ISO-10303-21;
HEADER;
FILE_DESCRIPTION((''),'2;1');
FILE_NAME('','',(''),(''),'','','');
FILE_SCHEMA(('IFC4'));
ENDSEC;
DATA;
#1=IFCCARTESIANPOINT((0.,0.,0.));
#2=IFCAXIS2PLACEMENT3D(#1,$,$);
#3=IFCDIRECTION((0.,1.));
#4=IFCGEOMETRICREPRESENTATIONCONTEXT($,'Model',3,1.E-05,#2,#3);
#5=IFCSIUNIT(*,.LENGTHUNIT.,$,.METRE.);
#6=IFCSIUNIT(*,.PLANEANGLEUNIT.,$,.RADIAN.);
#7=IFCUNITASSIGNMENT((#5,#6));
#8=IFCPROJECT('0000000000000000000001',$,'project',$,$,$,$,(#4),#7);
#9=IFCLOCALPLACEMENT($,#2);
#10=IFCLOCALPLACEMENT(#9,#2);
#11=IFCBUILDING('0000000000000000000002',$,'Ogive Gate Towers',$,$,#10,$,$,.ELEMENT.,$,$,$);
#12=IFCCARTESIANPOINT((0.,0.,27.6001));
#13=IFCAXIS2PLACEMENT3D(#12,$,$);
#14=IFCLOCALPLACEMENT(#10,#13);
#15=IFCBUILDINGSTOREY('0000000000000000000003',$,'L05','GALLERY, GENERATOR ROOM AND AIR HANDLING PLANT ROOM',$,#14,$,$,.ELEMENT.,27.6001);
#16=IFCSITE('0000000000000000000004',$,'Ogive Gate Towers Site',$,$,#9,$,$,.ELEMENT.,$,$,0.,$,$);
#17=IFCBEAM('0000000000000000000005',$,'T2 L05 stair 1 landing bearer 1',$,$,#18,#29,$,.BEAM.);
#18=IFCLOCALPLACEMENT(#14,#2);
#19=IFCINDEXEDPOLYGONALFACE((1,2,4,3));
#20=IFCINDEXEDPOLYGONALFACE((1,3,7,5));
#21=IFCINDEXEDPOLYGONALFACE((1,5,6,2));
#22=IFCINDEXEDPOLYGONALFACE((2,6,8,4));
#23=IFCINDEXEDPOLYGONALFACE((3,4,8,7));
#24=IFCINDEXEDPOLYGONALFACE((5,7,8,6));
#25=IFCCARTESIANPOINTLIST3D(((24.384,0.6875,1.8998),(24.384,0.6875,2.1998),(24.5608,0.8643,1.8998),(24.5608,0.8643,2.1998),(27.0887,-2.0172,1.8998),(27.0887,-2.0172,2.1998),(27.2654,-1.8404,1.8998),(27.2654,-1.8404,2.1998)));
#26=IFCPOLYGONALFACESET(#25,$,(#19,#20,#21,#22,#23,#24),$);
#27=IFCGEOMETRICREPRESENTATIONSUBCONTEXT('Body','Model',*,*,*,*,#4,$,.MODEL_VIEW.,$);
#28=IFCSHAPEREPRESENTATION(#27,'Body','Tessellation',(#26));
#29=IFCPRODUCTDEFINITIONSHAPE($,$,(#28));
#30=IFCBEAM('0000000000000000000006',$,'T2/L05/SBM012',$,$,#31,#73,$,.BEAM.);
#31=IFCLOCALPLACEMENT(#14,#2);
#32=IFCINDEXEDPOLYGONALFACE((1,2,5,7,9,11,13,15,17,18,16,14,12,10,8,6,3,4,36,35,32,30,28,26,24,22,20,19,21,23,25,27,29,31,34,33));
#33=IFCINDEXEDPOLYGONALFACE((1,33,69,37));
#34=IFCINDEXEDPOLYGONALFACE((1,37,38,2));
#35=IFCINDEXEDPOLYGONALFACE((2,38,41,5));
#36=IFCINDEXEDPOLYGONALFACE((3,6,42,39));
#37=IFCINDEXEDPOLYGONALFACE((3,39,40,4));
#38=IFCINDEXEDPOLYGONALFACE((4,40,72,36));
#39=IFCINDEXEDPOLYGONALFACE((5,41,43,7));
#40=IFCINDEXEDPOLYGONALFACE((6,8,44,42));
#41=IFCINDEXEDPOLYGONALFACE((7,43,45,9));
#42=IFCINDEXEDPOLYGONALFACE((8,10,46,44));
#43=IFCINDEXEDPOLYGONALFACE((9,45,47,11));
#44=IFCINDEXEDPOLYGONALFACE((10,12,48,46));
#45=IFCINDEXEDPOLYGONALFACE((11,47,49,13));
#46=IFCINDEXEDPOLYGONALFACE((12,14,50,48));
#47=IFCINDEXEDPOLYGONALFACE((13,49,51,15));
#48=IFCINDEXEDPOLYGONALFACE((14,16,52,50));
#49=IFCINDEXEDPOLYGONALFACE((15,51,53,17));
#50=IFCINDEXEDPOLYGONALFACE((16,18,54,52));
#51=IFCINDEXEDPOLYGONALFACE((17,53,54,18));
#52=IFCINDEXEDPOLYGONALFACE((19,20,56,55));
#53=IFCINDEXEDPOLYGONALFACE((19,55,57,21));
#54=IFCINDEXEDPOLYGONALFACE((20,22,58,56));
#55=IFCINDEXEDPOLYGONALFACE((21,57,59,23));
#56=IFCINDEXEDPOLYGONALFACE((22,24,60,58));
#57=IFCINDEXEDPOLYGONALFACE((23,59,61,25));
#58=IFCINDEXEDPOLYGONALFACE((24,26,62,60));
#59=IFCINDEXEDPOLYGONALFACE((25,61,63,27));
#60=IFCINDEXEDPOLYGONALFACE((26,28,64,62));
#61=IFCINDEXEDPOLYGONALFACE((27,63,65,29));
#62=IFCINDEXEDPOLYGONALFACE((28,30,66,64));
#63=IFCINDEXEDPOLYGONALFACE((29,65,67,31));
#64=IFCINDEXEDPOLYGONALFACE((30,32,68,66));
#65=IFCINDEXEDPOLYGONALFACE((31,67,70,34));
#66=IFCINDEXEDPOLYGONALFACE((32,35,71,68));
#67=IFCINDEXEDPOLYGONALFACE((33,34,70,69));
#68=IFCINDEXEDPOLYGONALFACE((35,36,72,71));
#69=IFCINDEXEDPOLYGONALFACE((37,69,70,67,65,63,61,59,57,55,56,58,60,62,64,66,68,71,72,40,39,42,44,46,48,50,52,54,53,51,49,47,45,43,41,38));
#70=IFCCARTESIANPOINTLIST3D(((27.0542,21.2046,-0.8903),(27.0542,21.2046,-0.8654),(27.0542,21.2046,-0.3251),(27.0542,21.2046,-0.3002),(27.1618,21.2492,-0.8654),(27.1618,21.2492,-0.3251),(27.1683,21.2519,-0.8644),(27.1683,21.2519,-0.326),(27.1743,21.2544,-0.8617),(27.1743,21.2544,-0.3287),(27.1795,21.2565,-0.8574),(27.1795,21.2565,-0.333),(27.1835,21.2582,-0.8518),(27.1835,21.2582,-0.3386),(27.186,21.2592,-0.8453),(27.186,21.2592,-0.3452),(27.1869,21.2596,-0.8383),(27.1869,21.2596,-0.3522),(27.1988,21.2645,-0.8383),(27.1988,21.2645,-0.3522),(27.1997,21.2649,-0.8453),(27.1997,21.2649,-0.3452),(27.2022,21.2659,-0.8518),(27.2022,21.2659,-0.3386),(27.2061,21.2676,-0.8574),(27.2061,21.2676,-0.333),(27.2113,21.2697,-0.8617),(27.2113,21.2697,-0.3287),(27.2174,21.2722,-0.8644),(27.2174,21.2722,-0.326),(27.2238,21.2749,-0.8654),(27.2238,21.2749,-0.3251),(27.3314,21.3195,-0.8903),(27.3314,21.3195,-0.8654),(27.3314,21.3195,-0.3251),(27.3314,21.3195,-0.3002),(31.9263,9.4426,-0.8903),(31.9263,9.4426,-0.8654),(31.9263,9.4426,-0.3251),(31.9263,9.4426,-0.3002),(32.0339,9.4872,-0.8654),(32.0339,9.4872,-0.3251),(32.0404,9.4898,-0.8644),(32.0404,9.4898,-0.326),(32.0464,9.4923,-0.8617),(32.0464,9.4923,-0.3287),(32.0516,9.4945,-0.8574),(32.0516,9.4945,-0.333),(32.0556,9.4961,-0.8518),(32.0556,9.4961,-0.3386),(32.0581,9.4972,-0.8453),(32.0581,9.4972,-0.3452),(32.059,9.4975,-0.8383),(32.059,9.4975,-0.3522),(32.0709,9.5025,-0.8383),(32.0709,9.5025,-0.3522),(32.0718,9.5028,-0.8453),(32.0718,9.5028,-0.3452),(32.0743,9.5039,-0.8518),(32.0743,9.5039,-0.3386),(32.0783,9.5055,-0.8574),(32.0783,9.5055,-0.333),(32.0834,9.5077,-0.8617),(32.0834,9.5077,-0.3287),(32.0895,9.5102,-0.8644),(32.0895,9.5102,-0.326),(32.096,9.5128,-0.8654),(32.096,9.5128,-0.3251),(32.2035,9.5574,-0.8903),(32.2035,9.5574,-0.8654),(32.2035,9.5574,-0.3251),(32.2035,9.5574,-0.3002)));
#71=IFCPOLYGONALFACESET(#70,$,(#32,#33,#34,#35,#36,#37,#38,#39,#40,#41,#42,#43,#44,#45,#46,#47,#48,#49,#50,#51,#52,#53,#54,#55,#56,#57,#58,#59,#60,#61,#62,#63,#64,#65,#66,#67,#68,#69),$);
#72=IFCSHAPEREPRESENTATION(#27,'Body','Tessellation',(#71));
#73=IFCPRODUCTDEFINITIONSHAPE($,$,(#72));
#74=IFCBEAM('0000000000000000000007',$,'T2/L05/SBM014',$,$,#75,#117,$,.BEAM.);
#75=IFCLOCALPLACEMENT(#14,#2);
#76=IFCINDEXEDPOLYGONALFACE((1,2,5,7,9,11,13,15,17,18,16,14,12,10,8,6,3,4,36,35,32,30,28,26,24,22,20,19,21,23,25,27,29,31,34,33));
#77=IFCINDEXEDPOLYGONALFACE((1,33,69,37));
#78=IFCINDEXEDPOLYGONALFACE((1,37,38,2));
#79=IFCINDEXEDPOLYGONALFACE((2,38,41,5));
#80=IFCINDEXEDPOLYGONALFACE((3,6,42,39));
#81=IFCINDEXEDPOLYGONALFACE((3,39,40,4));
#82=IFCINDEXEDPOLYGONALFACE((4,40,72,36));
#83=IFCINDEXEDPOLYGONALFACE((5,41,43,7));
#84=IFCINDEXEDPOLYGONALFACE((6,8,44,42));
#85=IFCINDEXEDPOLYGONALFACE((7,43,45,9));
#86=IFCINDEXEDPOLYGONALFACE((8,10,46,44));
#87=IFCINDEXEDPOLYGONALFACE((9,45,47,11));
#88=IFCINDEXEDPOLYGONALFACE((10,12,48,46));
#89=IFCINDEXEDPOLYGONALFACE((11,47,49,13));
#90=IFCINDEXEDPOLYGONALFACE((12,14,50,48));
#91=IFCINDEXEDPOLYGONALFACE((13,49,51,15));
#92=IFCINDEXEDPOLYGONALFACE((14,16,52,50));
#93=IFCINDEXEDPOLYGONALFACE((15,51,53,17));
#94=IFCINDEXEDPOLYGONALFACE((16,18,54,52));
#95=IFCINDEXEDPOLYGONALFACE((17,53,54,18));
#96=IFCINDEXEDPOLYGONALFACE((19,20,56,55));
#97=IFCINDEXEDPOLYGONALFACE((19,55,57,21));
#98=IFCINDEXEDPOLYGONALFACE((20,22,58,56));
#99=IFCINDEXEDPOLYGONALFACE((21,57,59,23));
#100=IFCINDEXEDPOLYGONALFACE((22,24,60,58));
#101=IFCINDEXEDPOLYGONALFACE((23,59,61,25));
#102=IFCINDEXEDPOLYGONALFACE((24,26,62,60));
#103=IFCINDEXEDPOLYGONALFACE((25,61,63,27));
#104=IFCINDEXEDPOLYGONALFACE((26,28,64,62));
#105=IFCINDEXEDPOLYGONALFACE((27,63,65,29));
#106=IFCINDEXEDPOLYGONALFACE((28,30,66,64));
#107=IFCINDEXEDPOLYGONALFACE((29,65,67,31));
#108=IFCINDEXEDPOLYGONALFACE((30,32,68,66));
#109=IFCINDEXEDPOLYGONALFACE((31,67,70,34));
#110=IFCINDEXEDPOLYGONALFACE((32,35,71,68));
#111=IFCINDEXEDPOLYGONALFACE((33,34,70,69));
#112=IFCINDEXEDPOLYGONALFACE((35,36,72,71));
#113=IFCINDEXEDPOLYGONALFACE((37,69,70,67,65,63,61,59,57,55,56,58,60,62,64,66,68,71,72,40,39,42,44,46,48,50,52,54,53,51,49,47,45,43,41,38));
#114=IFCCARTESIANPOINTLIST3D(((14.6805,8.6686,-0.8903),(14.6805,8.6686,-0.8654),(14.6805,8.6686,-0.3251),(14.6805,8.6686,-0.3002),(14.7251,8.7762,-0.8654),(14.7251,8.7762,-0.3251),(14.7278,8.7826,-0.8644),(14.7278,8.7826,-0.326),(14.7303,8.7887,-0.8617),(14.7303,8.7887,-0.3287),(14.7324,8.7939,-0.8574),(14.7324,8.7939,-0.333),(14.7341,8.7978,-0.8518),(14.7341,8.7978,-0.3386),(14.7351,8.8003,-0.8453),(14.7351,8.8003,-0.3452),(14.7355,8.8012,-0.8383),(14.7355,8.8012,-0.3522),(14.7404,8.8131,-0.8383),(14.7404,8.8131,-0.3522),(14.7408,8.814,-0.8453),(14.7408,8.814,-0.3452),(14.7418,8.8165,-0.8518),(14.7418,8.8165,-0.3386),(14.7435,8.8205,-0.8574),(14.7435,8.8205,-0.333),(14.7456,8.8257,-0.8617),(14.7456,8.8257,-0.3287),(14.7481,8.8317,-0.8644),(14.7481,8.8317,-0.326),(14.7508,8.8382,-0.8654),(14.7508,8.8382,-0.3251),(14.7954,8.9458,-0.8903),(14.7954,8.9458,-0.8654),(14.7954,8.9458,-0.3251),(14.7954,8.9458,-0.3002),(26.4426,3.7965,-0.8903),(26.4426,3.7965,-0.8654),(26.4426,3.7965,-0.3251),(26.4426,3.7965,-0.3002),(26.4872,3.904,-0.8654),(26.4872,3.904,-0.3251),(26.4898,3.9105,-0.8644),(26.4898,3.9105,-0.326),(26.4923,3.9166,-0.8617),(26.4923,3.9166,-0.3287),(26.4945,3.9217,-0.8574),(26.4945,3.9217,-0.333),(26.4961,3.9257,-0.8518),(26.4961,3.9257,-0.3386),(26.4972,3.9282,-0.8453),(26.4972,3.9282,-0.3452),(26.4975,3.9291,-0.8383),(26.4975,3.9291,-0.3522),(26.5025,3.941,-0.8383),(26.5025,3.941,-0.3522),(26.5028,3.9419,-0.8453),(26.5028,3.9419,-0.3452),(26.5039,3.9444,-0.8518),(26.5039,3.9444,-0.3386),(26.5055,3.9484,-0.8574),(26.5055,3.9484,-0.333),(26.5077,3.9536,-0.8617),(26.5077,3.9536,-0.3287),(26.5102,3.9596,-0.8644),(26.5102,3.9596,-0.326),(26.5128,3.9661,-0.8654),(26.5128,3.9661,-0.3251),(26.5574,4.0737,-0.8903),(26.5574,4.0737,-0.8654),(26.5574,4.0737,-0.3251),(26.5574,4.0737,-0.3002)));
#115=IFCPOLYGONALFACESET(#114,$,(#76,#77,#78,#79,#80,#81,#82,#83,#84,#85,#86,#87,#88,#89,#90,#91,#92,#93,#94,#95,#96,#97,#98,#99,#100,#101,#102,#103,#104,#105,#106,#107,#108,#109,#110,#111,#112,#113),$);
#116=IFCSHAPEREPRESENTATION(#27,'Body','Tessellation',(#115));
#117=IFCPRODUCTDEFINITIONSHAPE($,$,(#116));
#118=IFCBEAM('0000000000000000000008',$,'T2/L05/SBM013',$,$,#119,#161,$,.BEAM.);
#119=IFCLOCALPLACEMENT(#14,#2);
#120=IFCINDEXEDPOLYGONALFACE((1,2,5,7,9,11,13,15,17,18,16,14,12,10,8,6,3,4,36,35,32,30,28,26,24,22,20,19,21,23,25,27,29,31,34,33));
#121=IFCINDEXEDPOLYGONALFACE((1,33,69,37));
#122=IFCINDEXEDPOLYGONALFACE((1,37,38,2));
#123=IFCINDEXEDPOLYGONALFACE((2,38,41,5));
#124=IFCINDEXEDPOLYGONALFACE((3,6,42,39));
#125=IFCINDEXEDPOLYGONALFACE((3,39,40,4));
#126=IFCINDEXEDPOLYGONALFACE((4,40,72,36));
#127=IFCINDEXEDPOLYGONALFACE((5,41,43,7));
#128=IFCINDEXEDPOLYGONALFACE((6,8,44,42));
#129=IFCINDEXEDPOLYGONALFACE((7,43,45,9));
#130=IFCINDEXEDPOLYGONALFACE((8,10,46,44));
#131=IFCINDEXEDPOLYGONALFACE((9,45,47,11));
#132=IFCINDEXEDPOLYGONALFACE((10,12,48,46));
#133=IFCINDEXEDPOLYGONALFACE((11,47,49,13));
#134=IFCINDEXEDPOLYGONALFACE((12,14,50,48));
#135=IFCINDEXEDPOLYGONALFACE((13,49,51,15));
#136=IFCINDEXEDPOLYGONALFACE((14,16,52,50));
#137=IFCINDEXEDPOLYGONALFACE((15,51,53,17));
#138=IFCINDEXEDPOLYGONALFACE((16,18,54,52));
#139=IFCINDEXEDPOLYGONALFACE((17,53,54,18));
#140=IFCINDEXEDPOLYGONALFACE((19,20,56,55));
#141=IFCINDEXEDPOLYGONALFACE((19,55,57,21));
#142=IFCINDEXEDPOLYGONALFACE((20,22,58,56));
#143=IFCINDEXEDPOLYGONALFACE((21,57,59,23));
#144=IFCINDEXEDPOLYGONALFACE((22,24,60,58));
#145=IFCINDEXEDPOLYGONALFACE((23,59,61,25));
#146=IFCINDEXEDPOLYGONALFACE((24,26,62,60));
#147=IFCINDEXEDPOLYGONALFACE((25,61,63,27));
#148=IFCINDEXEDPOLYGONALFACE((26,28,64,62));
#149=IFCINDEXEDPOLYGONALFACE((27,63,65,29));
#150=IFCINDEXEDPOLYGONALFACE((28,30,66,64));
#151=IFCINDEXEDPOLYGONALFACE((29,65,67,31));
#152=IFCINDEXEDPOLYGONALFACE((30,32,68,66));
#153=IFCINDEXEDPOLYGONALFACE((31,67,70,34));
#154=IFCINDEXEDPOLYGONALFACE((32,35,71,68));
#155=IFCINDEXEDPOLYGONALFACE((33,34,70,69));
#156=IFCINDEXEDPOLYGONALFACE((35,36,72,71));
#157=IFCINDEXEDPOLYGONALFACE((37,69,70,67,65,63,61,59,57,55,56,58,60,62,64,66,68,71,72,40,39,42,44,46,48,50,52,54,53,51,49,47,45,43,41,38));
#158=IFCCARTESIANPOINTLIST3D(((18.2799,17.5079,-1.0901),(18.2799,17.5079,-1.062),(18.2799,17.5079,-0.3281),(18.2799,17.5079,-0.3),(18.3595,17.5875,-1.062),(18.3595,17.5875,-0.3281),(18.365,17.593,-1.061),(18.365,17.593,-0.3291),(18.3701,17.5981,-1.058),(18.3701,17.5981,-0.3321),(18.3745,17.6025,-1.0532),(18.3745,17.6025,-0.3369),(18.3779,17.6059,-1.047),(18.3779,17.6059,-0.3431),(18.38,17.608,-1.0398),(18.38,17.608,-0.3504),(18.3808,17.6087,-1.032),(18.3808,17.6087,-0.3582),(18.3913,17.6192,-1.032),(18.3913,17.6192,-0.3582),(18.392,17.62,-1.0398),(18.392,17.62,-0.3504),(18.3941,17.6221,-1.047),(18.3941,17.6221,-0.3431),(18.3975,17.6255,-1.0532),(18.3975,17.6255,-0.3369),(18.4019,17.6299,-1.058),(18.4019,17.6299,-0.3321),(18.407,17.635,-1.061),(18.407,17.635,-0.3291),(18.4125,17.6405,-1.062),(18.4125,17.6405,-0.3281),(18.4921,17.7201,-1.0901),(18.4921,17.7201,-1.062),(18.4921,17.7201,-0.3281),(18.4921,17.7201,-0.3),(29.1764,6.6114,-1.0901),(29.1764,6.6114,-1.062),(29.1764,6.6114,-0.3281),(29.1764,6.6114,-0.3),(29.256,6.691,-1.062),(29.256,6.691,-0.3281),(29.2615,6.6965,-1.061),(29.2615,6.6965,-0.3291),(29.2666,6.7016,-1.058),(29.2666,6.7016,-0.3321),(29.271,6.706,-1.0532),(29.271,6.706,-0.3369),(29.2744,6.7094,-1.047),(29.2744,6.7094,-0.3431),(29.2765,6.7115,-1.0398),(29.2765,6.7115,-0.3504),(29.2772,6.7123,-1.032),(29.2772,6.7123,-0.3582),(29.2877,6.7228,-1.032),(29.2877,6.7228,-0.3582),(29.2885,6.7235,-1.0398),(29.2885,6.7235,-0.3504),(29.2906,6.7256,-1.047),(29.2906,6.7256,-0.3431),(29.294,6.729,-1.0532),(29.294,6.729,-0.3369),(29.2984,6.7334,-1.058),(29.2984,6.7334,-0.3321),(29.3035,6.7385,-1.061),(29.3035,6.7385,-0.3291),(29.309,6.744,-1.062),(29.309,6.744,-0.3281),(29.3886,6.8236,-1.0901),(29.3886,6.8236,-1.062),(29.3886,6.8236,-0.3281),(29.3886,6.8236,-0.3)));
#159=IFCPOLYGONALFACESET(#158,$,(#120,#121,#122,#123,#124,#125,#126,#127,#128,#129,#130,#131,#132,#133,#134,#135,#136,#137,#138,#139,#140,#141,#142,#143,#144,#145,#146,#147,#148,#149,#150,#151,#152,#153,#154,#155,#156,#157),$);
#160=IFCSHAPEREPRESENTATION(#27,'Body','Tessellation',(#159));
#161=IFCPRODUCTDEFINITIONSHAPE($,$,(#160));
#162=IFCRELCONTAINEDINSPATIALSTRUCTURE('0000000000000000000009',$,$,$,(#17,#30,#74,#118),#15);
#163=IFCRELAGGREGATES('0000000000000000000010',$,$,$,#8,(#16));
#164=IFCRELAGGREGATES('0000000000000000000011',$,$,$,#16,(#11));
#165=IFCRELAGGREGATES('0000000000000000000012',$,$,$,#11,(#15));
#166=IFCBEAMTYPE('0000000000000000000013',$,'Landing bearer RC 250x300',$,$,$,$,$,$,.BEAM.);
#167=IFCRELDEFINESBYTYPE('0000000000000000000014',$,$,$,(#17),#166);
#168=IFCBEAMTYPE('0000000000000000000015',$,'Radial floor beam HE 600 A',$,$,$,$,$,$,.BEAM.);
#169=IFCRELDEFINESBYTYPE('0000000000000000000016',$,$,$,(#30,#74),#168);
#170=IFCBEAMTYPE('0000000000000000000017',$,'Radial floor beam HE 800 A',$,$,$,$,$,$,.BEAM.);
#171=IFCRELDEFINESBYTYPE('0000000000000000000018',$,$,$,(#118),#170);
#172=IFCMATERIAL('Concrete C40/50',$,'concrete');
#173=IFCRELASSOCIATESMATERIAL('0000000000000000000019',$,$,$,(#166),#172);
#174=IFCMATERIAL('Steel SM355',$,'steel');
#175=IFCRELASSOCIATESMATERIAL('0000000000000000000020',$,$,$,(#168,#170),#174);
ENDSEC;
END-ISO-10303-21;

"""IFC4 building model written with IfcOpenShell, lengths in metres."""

from ifc_helpers import new_model, si_unit, direction, frame, origin, origin_2d, place, context, subcontext, project, spatial, rectangle, i_section, extrude, material, material_profile, profile_set, type_object, element, save


model = new_model("IFC4")

# Units and contexts
model_context = context("Model", 3, precision=1e-05, world=origin(), true_north=direction((0.0, 1.0)))
body_context = subcontext(model_context, "Body", "Model", "MODEL_VIEW")
ifc_project = project(units=[si_unit("LENGTHUNIT", "METRE"), si_unit("PLANEANGLEUNIT", "RADIAN")], contexts=[model_context])

# Site, building, storey
site_placement = place(None, origin())
site = spatial("IfcSite", under=ifc_project, at=site_placement, Name="Ogive Gate Towers Site", CompositionType="ELEMENT", RefElevation=0.0)
building_placement = place(site_placement, origin())
building = spatial("IfcBuilding", under=site, at=building_placement, Name="Ogive Gate Towers", CompositionType="ELEMENT")
storey_placement = place(building_placement, frame((0.0, 0.0, 27.6001)))
storey = spatial("IfcBuildingStorey", under=building, at=storey_placement, Name="L05", Description="GALLERY, GENERATOR ROOM AND AIR HANDLING PLANT ROOM", CompositionType="ELEMENT", Elevation=27.6001)

# Beams
ifc_material_1 = material(Name="Concrete C40/50", Category="concrete")
ifc_material_profile_1 = material_profile(ifc_material_1, rectangle(XDim=0.25, YDim=0.3, at=origin_2d()), Name="RC 250x300")
ifc_profile_set_1 = profile_set([ifc_material_profile_1], Name="Concrete C40/50")
beam_type_1 = type_object("IfcBeamType", Name="Landing bearer RC 250x300", PredefinedType="BEAM", material=ifc_profile_set_1)
beam_1_placement = place(storey_placement, frame((24.4724, 0.7759, 2.0498), z_axis=(0.707107, -0.707107, 0.0), x_axis=(0.707107, 0.707107, 0.0)))
element("IfcBeam", 1, at=beam_1_placement, inside=storey, type_object=beam_type_1, Name="T2 L05 stair 1 landing bearer 1", PredefinedType="BEAM", context=body_context, shape_type="SweptSolid", body=[
    extrude(rectangle(XDim=0.25, YDim=0.3, at=origin_2d()), origin(), (0.0, 0.0, 1.0), 3.825),
])
ifc_material_2 = material(Name="Steel SM355", Category="steel")
ifc_material_profile_2 = material_profile(ifc_material_2, i_section(OverallWidth=0.3, OverallDepth=0.5901, WebThickness=0.0129, FlangeThickness=0.0249, FilletRadius=0.0271, at=origin_2d()), Name="HE 600 A")
ifc_profile_set_2 = profile_set([ifc_material_profile_2], Name="Steel SM355")
beam_type_2 = type_object("IfcBeamType", Name="Radial floor beam HE 600 A", PredefinedType="BEAM", material=ifc_profile_set_2)
for number, where, z_axis, x_axis, name in (
    (2, (32.0649, 9.5, -0.5952), (-0.382691, 0.923877, 0.0), (-0.923877, -0.382691, 0.0), "T2/L05/SBM012"),
    (3, (26.5, 3.9351, -0.5952), (-0.923877, 0.382691, 0.0), (-0.382691, -0.923877, 0.0), "T2/L05/SBM014"),
):
    element("IfcBeam", number, at=place(storey_placement, frame(where, z_axis=z_axis, x_axis=x_axis)), inside=storey, type_object=beam_type_2, Name=name, PredefinedType="BEAM", context=body_context, shape_type="SweptSolid", body=[
        extrude(i_section(OverallWidth=0.3, OverallDepth=0.5901, WebThickness=0.0129, FlangeThickness=0.0249, FilletRadius=0.0271, at=origin_2d()), origin(), (0.0, 0.0, 1.0), 12.7312),
    ])
ifc_material_profile_3 = material_profile(ifc_material_2, i_section(OverallWidth=0.3, OverallDepth=0.79, WebThickness=0.0149, FlangeThickness=0.0281, FilletRadius=0.03, at=origin_2d()), Name="HE 800 A")
ifc_profile_set_3 = profile_set([ifc_material_profile_3], Name="Steel SM355")
beam_type_3 = type_object("IfcBeamType", Name="Radial floor beam HE 800 A", PredefinedType="BEAM", material=ifc_profile_set_3)
beam_2_placement = place(storey_placement, frame((29.2825, 6.7175, -0.6951), z_axis=(-0.707107, 0.707107, 0.0), x_axis=(-0.707107, -0.707107, 0.0)))
element("IfcBeam", 4, at=beam_2_placement, inside=storey, type_object=beam_type_3, Name="T2/L05/SBM013", PredefinedType="BEAM", context=body_context, shape_type="SweptSolid", body=[
    extrude(i_section(OverallWidth=0.3, OverallDepth=0.79, WebThickness=0.0149, FlangeThickness=0.0281, FilletRadius=0.03, at=origin_2d()), origin(), (0.0, 0.0, 1.0), 15.4099),
])

save(model, "model.ifc")
